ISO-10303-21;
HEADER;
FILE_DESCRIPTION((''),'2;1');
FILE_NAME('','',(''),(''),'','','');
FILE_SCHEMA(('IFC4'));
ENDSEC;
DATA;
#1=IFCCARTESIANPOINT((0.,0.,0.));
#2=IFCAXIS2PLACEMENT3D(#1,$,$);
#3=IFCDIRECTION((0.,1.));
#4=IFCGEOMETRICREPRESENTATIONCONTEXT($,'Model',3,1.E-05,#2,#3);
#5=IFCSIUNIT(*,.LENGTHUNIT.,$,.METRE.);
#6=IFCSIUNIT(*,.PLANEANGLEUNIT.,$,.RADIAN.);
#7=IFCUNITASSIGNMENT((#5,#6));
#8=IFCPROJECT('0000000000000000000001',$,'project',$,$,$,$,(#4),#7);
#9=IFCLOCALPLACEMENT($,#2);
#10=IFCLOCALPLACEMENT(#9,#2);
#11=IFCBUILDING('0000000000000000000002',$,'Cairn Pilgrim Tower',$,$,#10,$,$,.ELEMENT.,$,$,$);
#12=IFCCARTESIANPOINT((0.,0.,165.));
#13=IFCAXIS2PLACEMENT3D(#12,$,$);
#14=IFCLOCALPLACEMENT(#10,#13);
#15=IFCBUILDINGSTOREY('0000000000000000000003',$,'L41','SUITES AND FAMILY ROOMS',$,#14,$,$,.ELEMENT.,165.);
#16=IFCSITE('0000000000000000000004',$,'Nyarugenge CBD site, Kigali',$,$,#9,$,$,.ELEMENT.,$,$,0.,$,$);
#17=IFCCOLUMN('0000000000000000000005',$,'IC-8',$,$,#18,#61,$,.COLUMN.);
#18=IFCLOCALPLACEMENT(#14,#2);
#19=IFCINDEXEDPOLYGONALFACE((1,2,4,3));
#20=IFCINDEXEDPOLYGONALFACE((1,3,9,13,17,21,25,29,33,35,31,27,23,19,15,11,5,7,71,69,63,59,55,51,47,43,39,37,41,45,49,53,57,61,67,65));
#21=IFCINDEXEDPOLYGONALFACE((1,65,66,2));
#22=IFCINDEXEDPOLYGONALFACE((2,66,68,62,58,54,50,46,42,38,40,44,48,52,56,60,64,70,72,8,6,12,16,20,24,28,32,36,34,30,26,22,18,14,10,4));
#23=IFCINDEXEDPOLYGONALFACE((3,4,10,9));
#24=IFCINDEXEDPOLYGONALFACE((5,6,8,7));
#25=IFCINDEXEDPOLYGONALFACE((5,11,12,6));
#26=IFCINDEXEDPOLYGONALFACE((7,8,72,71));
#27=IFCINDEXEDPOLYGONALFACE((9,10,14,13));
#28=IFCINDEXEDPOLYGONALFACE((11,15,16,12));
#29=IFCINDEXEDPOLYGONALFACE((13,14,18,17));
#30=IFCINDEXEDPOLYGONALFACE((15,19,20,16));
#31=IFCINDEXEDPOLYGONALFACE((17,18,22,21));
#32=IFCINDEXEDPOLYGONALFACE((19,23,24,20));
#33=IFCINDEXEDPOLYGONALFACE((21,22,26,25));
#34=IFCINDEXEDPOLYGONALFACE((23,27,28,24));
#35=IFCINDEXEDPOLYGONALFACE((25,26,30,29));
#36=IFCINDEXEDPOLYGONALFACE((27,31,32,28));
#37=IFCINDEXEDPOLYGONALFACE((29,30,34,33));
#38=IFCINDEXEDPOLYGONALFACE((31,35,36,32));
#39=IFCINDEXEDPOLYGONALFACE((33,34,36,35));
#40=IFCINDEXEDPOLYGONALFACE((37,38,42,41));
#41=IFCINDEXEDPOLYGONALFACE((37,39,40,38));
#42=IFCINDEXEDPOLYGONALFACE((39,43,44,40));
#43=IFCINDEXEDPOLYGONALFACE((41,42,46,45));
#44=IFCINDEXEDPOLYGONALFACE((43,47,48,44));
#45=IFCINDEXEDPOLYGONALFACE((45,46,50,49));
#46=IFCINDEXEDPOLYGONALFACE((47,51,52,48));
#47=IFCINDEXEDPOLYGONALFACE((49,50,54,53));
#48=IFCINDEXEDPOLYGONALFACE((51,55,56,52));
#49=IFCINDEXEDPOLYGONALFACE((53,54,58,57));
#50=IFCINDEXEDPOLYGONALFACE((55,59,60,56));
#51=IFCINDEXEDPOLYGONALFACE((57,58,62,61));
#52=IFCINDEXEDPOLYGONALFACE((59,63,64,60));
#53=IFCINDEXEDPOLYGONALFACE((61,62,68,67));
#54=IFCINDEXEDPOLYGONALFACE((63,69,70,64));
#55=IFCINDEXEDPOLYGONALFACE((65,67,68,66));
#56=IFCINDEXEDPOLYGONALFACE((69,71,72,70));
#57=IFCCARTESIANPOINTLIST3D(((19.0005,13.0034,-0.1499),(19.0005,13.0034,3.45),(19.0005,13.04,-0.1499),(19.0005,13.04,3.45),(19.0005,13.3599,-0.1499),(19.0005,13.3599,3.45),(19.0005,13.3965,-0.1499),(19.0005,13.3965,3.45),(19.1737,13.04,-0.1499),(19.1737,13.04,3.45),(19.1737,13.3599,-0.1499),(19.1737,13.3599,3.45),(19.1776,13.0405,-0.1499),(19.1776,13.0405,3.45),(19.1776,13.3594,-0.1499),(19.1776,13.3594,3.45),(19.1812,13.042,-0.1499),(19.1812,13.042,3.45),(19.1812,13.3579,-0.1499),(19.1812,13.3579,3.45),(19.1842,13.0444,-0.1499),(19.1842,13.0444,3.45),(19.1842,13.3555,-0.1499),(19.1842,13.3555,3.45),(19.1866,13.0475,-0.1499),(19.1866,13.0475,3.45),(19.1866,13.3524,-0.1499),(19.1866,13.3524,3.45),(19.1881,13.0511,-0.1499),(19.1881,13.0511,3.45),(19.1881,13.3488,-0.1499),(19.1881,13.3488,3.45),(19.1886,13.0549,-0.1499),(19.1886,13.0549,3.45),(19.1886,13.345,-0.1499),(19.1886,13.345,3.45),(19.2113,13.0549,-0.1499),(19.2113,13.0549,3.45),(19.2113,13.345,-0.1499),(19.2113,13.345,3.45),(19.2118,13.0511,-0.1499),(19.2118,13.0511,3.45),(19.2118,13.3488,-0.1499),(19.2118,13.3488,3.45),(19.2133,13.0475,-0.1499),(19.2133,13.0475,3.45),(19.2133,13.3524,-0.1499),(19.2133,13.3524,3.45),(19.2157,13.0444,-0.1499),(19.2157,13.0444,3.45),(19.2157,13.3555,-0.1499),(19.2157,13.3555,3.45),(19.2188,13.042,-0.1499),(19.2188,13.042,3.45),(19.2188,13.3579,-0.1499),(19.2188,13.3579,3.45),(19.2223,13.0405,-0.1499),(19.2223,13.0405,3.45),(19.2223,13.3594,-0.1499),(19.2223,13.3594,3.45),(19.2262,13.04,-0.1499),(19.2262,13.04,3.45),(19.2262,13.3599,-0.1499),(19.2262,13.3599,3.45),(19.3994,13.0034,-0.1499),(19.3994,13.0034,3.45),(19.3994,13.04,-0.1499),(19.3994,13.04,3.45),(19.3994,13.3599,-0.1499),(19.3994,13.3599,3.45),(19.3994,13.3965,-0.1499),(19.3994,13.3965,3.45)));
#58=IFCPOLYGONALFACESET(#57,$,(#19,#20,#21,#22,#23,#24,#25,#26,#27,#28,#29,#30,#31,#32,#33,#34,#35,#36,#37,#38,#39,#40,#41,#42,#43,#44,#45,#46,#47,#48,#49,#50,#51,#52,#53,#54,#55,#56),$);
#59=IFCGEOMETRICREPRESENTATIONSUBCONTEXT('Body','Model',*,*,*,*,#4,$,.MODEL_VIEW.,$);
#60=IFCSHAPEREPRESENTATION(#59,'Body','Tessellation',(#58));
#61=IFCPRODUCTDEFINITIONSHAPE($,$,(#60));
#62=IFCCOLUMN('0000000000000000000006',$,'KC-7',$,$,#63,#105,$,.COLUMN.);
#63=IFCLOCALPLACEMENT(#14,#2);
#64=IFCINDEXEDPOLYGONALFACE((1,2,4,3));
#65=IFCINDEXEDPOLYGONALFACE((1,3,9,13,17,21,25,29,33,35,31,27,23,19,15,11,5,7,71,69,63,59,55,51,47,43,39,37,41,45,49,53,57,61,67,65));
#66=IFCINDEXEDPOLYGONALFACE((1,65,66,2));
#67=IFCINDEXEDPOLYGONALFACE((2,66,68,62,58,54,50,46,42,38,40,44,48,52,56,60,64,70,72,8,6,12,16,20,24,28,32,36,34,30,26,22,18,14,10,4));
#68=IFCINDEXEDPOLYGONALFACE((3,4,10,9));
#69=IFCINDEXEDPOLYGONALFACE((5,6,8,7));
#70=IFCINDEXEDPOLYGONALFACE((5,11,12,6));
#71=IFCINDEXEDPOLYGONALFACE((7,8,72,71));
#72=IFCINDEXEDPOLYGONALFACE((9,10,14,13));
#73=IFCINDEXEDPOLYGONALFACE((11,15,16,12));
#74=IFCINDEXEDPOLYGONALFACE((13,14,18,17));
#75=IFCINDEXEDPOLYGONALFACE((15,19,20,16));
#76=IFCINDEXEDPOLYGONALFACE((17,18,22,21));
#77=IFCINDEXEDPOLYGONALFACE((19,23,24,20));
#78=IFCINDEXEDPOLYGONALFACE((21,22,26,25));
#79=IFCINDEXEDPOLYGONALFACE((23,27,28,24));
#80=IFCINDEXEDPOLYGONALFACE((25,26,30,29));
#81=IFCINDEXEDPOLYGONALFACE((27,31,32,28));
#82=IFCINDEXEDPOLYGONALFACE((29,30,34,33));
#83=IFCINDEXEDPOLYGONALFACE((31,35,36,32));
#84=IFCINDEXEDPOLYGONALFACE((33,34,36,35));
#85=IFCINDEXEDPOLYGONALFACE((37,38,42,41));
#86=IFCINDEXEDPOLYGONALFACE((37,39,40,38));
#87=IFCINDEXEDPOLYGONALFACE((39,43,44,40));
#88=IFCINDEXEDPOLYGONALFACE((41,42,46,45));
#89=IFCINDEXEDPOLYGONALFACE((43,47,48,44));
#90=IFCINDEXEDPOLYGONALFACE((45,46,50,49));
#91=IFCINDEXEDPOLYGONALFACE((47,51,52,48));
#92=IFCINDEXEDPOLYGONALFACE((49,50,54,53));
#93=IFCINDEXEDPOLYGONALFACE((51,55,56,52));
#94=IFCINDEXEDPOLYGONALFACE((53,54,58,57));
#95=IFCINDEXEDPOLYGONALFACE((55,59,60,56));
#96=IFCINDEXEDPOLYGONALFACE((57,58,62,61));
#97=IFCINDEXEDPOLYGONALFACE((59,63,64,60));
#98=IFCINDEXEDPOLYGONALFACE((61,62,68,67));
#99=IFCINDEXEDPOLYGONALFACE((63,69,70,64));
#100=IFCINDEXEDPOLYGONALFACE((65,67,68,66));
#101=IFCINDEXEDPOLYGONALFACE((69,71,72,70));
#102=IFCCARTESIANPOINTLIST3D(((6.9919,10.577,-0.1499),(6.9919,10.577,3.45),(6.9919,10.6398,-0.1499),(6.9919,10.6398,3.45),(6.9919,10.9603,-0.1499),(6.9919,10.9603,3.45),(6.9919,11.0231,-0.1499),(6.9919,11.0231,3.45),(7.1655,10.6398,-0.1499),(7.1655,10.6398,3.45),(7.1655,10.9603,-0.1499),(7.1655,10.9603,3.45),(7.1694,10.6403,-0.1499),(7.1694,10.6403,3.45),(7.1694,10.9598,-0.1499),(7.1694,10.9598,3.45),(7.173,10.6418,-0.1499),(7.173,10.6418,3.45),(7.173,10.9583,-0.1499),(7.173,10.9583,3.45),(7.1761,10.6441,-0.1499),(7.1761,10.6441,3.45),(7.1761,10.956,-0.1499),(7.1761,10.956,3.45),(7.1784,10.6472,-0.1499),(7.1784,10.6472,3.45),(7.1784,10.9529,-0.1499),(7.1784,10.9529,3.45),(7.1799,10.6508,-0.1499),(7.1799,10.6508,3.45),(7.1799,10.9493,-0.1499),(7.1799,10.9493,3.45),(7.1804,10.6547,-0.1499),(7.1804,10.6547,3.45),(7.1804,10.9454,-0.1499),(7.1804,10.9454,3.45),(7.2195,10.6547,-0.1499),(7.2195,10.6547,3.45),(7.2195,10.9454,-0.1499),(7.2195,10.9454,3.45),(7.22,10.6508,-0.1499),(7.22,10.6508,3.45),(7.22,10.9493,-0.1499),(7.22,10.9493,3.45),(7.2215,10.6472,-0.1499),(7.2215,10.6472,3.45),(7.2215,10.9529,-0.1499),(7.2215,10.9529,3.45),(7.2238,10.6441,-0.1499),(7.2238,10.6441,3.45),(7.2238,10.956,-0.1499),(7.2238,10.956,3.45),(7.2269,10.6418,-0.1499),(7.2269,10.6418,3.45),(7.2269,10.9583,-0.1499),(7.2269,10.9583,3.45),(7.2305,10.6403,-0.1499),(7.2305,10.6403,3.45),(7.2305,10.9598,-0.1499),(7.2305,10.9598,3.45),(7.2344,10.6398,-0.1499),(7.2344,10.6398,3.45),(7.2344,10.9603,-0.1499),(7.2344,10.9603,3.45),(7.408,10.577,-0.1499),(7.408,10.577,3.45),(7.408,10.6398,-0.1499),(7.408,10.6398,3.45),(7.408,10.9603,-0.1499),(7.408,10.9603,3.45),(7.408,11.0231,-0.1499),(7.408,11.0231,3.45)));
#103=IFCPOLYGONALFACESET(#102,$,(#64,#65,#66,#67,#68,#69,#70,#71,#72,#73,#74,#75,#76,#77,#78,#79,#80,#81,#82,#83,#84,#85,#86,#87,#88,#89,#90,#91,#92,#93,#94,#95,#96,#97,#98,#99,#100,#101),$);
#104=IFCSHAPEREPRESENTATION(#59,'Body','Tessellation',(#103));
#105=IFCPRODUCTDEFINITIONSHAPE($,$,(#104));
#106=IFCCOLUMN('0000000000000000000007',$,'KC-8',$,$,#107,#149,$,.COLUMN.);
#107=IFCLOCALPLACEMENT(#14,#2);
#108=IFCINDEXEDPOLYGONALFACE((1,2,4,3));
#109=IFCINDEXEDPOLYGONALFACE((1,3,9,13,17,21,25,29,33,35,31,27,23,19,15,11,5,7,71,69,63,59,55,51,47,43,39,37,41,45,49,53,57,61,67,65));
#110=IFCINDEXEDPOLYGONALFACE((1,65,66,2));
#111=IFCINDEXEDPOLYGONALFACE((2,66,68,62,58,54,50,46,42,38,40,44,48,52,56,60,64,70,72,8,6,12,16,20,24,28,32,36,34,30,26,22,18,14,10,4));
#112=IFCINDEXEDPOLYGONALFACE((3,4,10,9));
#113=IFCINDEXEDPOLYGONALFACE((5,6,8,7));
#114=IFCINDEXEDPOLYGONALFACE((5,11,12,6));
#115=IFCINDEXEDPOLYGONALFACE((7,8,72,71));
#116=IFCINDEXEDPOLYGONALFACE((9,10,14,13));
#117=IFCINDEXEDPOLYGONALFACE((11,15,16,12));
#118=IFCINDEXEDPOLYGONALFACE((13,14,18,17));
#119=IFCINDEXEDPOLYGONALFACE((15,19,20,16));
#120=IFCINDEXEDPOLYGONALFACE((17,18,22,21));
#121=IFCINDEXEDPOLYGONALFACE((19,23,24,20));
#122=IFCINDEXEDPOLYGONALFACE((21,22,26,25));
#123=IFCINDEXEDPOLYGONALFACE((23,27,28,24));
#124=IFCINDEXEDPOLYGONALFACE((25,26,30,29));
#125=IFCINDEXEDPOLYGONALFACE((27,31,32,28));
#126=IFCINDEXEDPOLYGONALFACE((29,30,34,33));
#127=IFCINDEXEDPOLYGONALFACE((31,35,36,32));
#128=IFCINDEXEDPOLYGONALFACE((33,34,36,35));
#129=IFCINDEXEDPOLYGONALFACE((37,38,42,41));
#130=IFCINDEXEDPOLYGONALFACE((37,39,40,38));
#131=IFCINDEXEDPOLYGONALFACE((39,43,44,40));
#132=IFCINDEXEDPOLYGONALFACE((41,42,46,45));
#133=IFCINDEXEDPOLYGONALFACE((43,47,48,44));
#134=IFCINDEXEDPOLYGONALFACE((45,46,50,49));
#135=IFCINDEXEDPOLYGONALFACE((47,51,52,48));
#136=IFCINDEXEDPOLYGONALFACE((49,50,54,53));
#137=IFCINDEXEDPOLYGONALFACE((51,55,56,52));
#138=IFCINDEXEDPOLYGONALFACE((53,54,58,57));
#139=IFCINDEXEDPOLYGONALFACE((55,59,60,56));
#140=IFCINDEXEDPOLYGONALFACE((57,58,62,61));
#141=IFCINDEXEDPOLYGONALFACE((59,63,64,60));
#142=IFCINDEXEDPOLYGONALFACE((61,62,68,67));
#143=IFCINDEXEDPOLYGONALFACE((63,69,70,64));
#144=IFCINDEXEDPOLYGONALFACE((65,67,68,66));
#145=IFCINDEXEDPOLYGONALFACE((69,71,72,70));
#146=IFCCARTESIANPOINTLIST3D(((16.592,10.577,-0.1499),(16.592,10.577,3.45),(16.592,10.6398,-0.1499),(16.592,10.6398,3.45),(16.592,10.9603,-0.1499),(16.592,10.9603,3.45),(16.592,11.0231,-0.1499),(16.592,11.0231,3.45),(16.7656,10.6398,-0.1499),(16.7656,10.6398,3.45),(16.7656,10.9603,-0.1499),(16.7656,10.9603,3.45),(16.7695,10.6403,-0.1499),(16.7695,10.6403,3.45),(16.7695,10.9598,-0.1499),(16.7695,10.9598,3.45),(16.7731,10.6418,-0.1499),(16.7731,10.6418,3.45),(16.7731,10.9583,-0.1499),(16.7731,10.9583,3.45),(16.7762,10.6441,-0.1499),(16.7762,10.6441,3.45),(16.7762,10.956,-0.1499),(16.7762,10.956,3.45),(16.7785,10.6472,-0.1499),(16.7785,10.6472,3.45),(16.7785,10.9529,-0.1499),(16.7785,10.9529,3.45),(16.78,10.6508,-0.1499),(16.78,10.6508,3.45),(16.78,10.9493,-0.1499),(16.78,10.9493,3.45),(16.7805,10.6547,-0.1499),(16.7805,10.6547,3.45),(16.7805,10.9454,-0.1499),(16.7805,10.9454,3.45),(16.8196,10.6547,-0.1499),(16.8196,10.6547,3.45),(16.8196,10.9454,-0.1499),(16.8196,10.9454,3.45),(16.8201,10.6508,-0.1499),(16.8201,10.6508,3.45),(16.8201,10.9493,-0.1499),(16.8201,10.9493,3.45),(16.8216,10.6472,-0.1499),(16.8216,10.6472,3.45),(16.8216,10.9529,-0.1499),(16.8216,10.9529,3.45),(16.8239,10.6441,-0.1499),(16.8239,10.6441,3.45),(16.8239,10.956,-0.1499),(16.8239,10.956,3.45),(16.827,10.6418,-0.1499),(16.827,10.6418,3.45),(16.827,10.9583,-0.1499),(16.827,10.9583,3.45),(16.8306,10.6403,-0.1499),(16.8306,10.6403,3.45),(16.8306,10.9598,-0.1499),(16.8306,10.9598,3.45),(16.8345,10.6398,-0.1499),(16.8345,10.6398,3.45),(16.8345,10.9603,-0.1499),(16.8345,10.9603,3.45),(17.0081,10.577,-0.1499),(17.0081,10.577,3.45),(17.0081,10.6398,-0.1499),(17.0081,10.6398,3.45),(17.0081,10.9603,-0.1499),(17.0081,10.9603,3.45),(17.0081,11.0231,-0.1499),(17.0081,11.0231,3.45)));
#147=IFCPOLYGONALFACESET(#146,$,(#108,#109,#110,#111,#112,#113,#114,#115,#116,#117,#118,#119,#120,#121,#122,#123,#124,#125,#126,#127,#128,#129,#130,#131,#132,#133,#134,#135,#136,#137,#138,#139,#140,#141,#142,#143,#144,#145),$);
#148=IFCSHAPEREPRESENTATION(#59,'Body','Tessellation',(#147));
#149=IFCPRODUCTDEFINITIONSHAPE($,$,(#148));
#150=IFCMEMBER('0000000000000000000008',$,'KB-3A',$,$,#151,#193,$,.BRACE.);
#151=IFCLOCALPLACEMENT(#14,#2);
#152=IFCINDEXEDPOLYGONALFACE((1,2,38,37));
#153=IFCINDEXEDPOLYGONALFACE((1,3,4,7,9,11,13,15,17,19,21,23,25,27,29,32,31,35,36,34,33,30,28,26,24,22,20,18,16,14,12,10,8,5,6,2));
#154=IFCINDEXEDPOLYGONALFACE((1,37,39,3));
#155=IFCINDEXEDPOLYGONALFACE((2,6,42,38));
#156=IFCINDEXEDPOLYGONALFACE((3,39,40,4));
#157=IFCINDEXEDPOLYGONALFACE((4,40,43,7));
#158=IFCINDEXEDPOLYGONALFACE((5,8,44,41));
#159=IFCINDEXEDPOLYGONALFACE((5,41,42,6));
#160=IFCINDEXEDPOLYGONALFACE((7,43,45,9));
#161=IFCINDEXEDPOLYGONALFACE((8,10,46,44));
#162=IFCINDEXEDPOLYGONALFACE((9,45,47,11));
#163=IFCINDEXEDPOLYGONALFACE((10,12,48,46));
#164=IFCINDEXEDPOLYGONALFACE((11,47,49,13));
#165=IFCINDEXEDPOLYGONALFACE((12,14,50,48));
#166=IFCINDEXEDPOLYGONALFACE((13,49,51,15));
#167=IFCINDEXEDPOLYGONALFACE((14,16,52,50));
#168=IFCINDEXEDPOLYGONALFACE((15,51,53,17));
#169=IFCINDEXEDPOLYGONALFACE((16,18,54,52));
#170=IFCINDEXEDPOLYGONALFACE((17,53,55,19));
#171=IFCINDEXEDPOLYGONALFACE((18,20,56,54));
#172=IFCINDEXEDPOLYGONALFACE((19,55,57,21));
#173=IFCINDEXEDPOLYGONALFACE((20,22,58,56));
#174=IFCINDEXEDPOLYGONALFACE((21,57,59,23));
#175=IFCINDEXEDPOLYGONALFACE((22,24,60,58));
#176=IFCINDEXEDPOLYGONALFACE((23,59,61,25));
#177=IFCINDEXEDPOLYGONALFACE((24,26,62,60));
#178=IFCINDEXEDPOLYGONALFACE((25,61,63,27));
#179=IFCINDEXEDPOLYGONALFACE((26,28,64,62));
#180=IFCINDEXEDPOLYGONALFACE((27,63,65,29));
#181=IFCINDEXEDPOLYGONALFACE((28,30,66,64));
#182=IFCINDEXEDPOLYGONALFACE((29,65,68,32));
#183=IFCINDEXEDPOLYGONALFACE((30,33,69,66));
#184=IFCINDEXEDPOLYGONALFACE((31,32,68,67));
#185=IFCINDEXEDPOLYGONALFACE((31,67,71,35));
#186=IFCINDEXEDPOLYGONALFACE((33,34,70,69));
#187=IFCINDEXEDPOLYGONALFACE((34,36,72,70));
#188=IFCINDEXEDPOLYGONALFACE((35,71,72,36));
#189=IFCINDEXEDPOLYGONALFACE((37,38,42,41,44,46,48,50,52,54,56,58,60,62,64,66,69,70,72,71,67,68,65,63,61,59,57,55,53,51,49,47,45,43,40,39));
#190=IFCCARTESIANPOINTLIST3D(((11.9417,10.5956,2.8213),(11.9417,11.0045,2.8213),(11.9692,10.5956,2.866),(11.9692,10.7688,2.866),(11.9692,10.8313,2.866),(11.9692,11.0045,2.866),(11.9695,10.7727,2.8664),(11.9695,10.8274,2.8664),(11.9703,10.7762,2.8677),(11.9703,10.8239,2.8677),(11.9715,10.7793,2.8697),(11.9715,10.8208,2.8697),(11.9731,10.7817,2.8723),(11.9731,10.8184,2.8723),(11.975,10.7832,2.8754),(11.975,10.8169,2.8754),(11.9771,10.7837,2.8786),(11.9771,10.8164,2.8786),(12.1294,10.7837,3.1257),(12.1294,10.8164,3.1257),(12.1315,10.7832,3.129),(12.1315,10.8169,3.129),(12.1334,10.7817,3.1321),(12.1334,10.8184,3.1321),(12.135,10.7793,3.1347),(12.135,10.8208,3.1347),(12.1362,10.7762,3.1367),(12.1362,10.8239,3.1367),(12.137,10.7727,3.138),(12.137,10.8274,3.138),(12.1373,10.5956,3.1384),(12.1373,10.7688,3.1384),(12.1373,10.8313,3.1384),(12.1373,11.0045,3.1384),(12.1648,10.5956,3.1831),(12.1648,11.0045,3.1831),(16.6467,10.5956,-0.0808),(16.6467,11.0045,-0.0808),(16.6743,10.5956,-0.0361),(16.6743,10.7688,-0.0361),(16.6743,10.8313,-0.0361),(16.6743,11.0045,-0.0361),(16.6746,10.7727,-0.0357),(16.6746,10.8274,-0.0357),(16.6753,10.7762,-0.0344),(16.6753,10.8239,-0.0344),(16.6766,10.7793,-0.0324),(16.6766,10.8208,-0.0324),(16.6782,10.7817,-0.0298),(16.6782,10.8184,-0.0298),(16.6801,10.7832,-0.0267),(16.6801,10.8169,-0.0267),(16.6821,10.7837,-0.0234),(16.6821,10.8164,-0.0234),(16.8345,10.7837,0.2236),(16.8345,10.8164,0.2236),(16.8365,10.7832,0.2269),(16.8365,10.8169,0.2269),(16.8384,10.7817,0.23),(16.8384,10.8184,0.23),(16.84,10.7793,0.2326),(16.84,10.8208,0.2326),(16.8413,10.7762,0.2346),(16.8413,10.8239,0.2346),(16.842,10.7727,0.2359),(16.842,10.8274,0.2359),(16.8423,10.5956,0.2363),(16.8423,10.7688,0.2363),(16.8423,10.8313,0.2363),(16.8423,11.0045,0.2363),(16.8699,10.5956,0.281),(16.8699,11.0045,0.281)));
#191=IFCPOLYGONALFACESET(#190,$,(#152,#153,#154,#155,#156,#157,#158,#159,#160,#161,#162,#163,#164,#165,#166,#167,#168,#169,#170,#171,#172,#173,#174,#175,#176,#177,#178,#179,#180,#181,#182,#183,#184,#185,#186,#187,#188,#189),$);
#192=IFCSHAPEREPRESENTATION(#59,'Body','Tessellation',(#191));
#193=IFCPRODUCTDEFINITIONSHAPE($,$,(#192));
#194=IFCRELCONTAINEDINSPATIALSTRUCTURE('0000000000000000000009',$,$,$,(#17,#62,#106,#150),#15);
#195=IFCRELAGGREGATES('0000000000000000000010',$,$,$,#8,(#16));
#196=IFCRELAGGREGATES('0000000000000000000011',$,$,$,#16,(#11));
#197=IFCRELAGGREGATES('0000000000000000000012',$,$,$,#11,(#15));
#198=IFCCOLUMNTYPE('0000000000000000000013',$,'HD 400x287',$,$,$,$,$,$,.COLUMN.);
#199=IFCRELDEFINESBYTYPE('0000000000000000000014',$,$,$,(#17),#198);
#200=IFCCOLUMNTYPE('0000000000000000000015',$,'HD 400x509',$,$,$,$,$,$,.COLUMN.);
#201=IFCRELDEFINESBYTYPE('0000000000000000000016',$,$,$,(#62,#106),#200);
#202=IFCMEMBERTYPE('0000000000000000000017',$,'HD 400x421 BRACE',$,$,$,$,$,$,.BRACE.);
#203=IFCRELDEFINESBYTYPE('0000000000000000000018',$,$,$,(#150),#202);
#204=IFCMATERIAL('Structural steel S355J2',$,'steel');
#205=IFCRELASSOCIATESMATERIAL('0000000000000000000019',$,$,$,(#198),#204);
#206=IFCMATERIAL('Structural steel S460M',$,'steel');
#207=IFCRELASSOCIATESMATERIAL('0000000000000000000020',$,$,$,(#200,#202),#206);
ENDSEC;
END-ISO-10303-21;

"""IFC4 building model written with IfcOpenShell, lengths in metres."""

from ifc_helpers import new_model, si_unit, direction, frame, origin, origin_2d, place, context, subcontext, project, spatial, i_section, extrude, material, material_profile, profile_set, type_object, element, save


model = new_model("IFC4")

# Units and contexts
model_context = context("Model", 3, precision=1e-05, world=origin(), true_north=direction((0.0, 1.0)))
body_context = subcontext(model_context, "Body", "Model", "MODEL_VIEW")
ifc_project = project(units=[si_unit("LENGTHUNIT", "METRE"), si_unit("PLANEANGLEUNIT", "RADIAN")], contexts=[model_context])

# Site, building, storey
site_placement = place(None, origin())
site = spatial("IfcSite", under=ifc_project, at=site_placement, Name="Nyarugenge CBD site, Kigali", CompositionType="ELEMENT", RefElevation=0.0)
building_placement = place(site_placement, origin())
building = spatial("IfcBuilding", under=site, at=building_placement, Name="Cairn Pilgrim Tower", CompositionType="ELEMENT")
storey_placement = place(building_placement, frame((0.0, 0.0, 165.0)))
storey = spatial("IfcBuildingStorey", under=building, at=storey_placement, Name="L41", Description="SUITES AND FAMILY ROOMS", CompositionType="ELEMENT", Elevation=165.0)

# Columns
ifc_material_1 = material(Name="Structural steel S355J2", Category="steel")
ifc_material_profile_1 = material_profile(ifc_material_1, i_section(OverallWidth=0.3989, OverallDepth=0.3931, WebThickness=0.0227, FlangeThickness=0.0366, FilletRadius=0.0149, at=origin_2d()), Name="HD 400x287")
ifc_profile_set_1 = profile_set([ifc_material_profile_1], Name="Structural steel S355J2")
column_type_1 = type_object("IfcColumnType", Name="HD 400x287", PredefinedType="COLUMN", material=ifc_profile_set_1)
column_placement = place(storey_placement, frame((19.2, 13.2, -0.1499), z_axis=(0.0, 0.0, 1.0), x_axis=(1.0, 0.0, 0.0)))
element("IfcColumn", 1, at=column_placement, inside=storey, type_object=column_type_1, Name="IC-8", PredefinedType="COLUMN", context=body_context, shape_type="SweptSolid", body=[
    extrude(i_section(OverallWidth=0.3989, OverallDepth=0.3931, WebThickness=0.0227, FlangeThickness=0.0366, FilletRadius=0.0149, at=origin_2d()), origin(), (0.0, 0.0, 1.0), 3.5999),
])
ifc_material_2 = material(Name="Structural steel S460M", Category="steel")
ifc_material_profile_2 = material_profile(ifc_material_2, i_section(OverallWidth=0.416, OverallDepth=0.446, WebThickness=0.0391, FlangeThickness=0.0627, FilletRadius=0.0149, at=origin_2d()), Name="HD 400x509")
ifc_profile_set_2 = profile_set([ifc_material_profile_2], Name="Structural steel S460M")
column_type_2 = type_object("IfcColumnType", Name="HD 400x509", PredefinedType="COLUMN", material=ifc_profile_set_2)
for number, where, z_axis, x_axis, name in (
    (2, (7.2, 10.8, -0.1499), (0.0, 0.0, 1.0), (1.0, 0.0, 0.0), "KC-7"),
    (3, (16.8, 10.8, -0.1499), (0.0, 0.0, 1.0), (1.0, 0.0, 0.0), "KC-8"),
):
    element("IfcColumn", number, at=place(storey_placement, frame(where, z_axis=z_axis, x_axis=x_axis)), inside=storey, type_object=column_type_2, Name=name, PredefinedType="COLUMN", context=body_context, shape_type="SweptSolid", body=[
        extrude(i_section(OverallWidth=0.416, OverallDepth=0.446, WebThickness=0.0391, FlangeThickness=0.0627, FilletRadius=0.0149, at=origin_2d()), origin(), (0.0, 0.0, 1.0), 3.5999),
    ])

# Member
ifc_material_profile_3 = material_profile(ifc_material_2, i_section(OverallWidth=0.4089, OverallDepth=0.425, WebThickness=0.0327, FlangeThickness=0.0525, FilletRadius=0.0149, at=origin_2d()), Name="HD 400x421")
ifc_profile_set_3 = profile_set([ifc_material_profile_3], Name="Structural steel S460M")
member_type = type_object("IfcMemberType", Name="HD 400x421 BRACE", PredefinedType="BRACE", material=ifc_profile_set_3)
for number, where, z_axis, x_axis, name in (
    (4, (16.7583, 10.8, 0.1001), (-0.85112, 0.0, 0.524972), (0.0, -1.0, 0.0), "KB-3A"),
):
    element("IfcMember", number, at=place(storey_placement, frame(where, z_axis=z_axis, x_axis=x_axis)), inside=storey, type_object=member_type, Name=name, PredefinedType="BRACE", context=body_context, shape_type="SweptSolid", body=[
        extrude(i_section(OverallWidth=0.4089, OverallDepth=0.425, WebThickness=0.0327, FlangeThickness=0.0525, FilletRadius=0.0149, at=origin_2d()), origin(), (0.0, 0.0, 1.0), 5.5281),
    ])

save(model, "model.ifc")
